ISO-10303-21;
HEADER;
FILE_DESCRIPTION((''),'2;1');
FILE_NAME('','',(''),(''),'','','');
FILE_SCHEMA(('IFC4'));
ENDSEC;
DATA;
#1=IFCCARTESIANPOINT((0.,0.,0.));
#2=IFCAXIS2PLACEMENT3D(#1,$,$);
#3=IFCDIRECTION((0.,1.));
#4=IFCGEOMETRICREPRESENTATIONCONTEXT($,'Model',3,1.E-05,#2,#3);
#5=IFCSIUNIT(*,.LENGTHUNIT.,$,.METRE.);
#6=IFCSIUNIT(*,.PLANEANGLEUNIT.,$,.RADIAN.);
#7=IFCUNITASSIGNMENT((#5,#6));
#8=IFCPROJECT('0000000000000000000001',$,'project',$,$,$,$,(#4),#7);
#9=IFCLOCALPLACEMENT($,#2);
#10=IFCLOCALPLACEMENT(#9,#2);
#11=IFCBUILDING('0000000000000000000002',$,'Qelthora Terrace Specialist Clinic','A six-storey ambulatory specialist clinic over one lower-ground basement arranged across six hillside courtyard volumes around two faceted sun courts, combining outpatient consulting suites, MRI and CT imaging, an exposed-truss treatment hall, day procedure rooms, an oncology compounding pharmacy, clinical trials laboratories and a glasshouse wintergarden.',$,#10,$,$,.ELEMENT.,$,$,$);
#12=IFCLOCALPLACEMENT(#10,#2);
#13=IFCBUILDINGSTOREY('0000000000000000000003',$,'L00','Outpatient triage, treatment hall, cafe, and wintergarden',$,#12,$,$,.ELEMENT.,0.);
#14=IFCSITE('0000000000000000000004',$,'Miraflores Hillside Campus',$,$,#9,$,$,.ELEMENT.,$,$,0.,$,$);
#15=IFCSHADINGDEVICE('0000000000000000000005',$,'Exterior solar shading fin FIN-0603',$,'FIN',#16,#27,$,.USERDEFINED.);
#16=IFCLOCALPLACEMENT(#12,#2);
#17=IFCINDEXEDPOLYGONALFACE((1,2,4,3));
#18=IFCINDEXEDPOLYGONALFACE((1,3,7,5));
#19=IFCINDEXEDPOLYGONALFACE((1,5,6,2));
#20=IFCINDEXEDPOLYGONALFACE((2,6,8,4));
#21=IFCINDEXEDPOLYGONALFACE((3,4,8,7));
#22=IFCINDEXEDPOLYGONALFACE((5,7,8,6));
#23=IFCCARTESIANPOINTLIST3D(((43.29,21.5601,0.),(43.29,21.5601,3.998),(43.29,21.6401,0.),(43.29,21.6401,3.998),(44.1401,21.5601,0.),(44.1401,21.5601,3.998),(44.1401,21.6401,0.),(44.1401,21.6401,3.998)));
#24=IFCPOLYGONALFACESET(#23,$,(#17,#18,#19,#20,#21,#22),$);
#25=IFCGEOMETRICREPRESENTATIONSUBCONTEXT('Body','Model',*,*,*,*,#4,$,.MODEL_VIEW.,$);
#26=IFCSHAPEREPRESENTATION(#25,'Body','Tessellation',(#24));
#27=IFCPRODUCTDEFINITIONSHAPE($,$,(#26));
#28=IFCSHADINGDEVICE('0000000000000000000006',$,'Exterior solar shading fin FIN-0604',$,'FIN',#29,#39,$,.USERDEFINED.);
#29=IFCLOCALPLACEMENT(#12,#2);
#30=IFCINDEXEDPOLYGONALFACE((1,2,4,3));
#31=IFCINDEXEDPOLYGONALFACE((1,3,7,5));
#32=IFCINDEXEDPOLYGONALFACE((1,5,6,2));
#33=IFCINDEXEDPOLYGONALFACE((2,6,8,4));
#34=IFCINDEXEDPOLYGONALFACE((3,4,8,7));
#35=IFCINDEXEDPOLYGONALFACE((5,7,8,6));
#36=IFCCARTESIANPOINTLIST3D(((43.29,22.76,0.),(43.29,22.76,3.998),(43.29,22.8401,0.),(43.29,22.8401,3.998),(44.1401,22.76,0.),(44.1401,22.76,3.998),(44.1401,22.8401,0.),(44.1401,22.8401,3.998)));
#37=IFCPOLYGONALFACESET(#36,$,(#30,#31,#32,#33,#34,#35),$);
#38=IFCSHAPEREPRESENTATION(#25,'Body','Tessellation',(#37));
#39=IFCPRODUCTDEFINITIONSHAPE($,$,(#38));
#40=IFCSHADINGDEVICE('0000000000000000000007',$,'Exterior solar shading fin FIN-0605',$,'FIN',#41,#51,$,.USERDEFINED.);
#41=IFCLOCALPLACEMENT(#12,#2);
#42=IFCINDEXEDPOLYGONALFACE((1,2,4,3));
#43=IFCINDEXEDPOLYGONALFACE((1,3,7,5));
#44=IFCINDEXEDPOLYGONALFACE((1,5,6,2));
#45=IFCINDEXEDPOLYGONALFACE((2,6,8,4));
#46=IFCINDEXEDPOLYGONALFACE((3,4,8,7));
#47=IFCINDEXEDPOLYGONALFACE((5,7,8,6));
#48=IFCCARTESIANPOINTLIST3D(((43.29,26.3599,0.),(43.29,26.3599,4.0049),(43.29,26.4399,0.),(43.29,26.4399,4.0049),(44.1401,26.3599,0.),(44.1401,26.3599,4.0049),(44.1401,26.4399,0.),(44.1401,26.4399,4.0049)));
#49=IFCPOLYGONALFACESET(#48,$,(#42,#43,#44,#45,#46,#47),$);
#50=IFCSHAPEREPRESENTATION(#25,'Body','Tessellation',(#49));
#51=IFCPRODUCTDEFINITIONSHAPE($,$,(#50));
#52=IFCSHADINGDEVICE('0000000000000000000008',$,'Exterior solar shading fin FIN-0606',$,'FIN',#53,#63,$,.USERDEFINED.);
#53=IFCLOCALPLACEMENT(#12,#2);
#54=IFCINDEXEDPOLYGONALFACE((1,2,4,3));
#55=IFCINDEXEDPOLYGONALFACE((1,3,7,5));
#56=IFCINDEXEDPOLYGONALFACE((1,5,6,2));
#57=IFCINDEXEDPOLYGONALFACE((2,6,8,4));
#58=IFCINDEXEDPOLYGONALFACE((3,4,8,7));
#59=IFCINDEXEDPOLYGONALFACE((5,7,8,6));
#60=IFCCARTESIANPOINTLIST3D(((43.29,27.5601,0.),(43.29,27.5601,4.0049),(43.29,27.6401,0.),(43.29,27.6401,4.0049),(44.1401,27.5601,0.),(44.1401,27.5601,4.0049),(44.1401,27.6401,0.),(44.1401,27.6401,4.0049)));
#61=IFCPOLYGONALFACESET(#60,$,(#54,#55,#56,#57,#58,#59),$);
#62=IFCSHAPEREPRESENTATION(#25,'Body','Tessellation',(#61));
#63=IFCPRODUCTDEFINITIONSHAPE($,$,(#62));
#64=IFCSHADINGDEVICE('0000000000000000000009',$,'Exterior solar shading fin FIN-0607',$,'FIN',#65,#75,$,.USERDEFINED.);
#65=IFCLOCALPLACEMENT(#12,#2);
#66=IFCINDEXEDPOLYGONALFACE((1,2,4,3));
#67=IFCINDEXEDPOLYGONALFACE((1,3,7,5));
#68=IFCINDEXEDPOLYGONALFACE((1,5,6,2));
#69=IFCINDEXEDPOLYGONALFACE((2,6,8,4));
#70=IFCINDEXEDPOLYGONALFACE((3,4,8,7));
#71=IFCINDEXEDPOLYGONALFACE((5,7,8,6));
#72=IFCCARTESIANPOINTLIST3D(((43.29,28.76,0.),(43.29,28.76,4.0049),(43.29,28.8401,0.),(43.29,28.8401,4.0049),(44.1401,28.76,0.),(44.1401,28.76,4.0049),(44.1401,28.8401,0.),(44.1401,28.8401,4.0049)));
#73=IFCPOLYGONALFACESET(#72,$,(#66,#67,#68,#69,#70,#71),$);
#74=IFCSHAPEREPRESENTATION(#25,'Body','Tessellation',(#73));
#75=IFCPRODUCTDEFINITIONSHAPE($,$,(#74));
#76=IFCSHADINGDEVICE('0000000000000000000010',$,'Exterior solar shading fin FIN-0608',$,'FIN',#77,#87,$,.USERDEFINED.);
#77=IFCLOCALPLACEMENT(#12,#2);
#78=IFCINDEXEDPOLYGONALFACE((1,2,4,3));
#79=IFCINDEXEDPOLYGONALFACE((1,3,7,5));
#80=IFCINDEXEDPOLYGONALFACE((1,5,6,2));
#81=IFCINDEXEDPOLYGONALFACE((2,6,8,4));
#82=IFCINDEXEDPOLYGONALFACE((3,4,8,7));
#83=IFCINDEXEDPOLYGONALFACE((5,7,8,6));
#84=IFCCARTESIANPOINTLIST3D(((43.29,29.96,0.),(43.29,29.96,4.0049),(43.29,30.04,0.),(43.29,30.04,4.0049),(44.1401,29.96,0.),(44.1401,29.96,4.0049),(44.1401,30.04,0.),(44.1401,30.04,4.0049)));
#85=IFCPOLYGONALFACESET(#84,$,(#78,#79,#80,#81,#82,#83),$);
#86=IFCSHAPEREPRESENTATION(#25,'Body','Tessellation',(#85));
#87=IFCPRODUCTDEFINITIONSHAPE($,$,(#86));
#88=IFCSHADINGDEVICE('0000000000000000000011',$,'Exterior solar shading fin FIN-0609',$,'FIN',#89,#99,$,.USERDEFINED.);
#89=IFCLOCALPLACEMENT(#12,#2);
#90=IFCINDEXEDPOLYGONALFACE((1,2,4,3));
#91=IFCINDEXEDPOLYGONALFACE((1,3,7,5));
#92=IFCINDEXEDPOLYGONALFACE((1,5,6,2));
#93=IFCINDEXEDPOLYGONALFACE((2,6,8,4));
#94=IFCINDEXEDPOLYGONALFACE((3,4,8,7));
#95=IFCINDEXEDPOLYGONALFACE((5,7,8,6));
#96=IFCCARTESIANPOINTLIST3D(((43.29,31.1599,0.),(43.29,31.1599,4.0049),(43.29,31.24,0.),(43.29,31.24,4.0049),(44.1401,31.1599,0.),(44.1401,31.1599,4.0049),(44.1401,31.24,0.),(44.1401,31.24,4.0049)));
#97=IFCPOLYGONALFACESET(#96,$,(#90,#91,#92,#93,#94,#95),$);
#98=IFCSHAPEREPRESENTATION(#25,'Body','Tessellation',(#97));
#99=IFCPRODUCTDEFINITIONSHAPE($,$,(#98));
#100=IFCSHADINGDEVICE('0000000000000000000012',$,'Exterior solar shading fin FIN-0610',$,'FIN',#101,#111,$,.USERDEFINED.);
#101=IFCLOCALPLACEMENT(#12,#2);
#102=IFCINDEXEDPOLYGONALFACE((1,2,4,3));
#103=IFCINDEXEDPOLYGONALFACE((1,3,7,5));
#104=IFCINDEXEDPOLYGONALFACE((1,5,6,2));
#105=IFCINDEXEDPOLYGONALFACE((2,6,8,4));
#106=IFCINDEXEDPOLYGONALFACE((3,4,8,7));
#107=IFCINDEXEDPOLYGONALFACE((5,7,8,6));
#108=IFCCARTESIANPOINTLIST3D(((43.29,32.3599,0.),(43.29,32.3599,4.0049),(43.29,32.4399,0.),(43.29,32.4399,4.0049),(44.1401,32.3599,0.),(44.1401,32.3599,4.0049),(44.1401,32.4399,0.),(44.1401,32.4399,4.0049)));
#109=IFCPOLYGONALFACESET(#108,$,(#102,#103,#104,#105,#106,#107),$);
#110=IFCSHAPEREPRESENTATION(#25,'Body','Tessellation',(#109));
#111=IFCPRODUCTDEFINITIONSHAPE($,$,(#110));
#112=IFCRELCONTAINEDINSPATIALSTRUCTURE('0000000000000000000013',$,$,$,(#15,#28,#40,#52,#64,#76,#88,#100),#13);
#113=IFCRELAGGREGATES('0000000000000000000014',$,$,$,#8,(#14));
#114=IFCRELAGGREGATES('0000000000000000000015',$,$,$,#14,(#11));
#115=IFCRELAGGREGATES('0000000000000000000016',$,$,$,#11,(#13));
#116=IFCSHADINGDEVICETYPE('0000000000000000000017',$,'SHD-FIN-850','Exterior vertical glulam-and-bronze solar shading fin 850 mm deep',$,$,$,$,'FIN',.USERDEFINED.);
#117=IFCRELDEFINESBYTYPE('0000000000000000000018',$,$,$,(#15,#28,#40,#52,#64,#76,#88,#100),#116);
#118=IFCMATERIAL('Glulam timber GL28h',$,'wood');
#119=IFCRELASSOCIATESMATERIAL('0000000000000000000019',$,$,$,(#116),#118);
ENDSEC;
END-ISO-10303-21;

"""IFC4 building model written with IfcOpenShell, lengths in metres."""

from ifc_helpers import new_model, si_unit, direction, frame, origin, origin_2d, place, context, subcontext, project, spatial, rectangle, extrude, material, type_object, element, save


model = new_model("IFC4")

# Units and contexts
model_context = context("Model", 3, precision=1e-05, world=origin(), true_north=direction((0.0, 1.0)))
body_context = subcontext(model_context, "Body", "Model", "MODEL_VIEW")
ifc_project = project(units=[si_unit("LENGTHUNIT", "METRE"), si_unit("PLANEANGLEUNIT", "RADIAN")], contexts=[model_context])

# Site, building, storey
site_placement = place(None, origin())
site = spatial("IfcSite", under=ifc_project, at=site_placement, Name="Miraflores Hillside Campus", CompositionType="ELEMENT", RefElevation=0.0)
building_placement = place(site_placement, origin())
building = spatial("IfcBuilding", under=site, at=building_placement, Name="Qelthora Terrace Specialist Clinic", Description="A six-storey ambulatory specialist clinic over one lower-ground basement arranged across six hillside courtyard volumes around two faceted sun courts, combining outpatient consulting suites, MRI and CT imaging, an exposed-truss treatment hall, day procedure rooms, an oncology compounding pharmacy, clinical trials laboratories and a glasshouse wintergarden.", CompositionType="ELEMENT")
storey_placement = place(building_placement, origin())
storey = spatial("IfcBuildingStorey", under=building, at=storey_placement, Name="L00", Description="Outpatient triage, treatment hall, cafe, and wintergarden", CompositionType="ELEMENT", Elevation=0.0)

# Shared definitions
ifc_material_1 = material(Name="Glulam timber GL28h", Category="wood")

# Shading devices
shading_device_type = type_object("IfcShadingDeviceType", Name="SHD-FIN-850", Description="Exterior vertical glulam-and-bronze solar shading fin 850 mm deep", ElementType="FIN", PredefinedType="USERDEFINED", material=ifc_material_1)
for number, where, z_axis, x_axis, name in (
    (1, (43.7151, 21.6001, 0.0), (0.0, 0.0, 1.0), (1.0, 0.0, 0.0), "Exterior solar shading fin FIN-0603"),
    (2, (43.7151, 22.8, 0.0), (0.0, 0.0, 1.0), (1.0, 0.0, 0.0), "Exterior solar shading fin FIN-0604"),
):
    element("IfcShadingDevice", number, at=place(storey_placement, frame(where, z_axis=z_axis, x_axis=x_axis)), inside=storey, type_object=shading_device_type, Name=name, ObjectType="FIN", PredefinedType="USERDEFINED", context=body_context, shape_type="SweptSolid", body=[
        extrude(rectangle(XDim=0.8501, YDim=0.0801, at=origin_2d()), origin(), (0.0, 0.0, 1.0), 3.998),
    ])
for number, where, z_axis, x_axis, name in (
    (3, (43.7151, 26.3999, 0.0), (0.0, 0.0, 1.0), (1.0, 0.0, 0.0), "Exterior solar shading fin FIN-0605"),
    (4, (43.7151, 27.6001, 0.0), (0.0, 0.0, 1.0), (1.0, 0.0, 0.0), "Exterior solar shading fin FIN-0606"),
    (5, (43.7151, 28.8, 0.0), (0.0, 0.0, 1.0), (1.0, 0.0, 0.0), "Exterior solar shading fin FIN-0607"),
    (6, (43.7151, 30.0, 0.0), (0.0, 0.0, 1.0), (1.0, 0.0, 0.0), "Exterior solar shading fin FIN-0608"),
    (7, (43.7151, 31.2, 0.0), (0.0, 0.0, 1.0), (1.0, 0.0, 0.0), "Exterior solar shading fin FIN-0609"),
    (8, (43.7151, 32.3999, 0.0), (0.0, 0.0, 1.0), (1.0, 0.0, 0.0), "Exterior solar shading fin FIN-0610"),
):
    element("IfcShadingDevice", number, at=place(storey_placement, frame(where, z_axis=z_axis, x_axis=x_axis)), inside=storey, type_object=shading_device_type, Name=name, ObjectType="FIN", PredefinedType="USERDEFINED", context=body_context, shape_type="SweptSolid", body=[
        extrude(rectangle(XDim=0.8501, YDim=0.0801, at=origin_2d()), origin(), (0.0, 0.0, 1.0), 4.0049),
    ])

save(model, "model.ifc")
